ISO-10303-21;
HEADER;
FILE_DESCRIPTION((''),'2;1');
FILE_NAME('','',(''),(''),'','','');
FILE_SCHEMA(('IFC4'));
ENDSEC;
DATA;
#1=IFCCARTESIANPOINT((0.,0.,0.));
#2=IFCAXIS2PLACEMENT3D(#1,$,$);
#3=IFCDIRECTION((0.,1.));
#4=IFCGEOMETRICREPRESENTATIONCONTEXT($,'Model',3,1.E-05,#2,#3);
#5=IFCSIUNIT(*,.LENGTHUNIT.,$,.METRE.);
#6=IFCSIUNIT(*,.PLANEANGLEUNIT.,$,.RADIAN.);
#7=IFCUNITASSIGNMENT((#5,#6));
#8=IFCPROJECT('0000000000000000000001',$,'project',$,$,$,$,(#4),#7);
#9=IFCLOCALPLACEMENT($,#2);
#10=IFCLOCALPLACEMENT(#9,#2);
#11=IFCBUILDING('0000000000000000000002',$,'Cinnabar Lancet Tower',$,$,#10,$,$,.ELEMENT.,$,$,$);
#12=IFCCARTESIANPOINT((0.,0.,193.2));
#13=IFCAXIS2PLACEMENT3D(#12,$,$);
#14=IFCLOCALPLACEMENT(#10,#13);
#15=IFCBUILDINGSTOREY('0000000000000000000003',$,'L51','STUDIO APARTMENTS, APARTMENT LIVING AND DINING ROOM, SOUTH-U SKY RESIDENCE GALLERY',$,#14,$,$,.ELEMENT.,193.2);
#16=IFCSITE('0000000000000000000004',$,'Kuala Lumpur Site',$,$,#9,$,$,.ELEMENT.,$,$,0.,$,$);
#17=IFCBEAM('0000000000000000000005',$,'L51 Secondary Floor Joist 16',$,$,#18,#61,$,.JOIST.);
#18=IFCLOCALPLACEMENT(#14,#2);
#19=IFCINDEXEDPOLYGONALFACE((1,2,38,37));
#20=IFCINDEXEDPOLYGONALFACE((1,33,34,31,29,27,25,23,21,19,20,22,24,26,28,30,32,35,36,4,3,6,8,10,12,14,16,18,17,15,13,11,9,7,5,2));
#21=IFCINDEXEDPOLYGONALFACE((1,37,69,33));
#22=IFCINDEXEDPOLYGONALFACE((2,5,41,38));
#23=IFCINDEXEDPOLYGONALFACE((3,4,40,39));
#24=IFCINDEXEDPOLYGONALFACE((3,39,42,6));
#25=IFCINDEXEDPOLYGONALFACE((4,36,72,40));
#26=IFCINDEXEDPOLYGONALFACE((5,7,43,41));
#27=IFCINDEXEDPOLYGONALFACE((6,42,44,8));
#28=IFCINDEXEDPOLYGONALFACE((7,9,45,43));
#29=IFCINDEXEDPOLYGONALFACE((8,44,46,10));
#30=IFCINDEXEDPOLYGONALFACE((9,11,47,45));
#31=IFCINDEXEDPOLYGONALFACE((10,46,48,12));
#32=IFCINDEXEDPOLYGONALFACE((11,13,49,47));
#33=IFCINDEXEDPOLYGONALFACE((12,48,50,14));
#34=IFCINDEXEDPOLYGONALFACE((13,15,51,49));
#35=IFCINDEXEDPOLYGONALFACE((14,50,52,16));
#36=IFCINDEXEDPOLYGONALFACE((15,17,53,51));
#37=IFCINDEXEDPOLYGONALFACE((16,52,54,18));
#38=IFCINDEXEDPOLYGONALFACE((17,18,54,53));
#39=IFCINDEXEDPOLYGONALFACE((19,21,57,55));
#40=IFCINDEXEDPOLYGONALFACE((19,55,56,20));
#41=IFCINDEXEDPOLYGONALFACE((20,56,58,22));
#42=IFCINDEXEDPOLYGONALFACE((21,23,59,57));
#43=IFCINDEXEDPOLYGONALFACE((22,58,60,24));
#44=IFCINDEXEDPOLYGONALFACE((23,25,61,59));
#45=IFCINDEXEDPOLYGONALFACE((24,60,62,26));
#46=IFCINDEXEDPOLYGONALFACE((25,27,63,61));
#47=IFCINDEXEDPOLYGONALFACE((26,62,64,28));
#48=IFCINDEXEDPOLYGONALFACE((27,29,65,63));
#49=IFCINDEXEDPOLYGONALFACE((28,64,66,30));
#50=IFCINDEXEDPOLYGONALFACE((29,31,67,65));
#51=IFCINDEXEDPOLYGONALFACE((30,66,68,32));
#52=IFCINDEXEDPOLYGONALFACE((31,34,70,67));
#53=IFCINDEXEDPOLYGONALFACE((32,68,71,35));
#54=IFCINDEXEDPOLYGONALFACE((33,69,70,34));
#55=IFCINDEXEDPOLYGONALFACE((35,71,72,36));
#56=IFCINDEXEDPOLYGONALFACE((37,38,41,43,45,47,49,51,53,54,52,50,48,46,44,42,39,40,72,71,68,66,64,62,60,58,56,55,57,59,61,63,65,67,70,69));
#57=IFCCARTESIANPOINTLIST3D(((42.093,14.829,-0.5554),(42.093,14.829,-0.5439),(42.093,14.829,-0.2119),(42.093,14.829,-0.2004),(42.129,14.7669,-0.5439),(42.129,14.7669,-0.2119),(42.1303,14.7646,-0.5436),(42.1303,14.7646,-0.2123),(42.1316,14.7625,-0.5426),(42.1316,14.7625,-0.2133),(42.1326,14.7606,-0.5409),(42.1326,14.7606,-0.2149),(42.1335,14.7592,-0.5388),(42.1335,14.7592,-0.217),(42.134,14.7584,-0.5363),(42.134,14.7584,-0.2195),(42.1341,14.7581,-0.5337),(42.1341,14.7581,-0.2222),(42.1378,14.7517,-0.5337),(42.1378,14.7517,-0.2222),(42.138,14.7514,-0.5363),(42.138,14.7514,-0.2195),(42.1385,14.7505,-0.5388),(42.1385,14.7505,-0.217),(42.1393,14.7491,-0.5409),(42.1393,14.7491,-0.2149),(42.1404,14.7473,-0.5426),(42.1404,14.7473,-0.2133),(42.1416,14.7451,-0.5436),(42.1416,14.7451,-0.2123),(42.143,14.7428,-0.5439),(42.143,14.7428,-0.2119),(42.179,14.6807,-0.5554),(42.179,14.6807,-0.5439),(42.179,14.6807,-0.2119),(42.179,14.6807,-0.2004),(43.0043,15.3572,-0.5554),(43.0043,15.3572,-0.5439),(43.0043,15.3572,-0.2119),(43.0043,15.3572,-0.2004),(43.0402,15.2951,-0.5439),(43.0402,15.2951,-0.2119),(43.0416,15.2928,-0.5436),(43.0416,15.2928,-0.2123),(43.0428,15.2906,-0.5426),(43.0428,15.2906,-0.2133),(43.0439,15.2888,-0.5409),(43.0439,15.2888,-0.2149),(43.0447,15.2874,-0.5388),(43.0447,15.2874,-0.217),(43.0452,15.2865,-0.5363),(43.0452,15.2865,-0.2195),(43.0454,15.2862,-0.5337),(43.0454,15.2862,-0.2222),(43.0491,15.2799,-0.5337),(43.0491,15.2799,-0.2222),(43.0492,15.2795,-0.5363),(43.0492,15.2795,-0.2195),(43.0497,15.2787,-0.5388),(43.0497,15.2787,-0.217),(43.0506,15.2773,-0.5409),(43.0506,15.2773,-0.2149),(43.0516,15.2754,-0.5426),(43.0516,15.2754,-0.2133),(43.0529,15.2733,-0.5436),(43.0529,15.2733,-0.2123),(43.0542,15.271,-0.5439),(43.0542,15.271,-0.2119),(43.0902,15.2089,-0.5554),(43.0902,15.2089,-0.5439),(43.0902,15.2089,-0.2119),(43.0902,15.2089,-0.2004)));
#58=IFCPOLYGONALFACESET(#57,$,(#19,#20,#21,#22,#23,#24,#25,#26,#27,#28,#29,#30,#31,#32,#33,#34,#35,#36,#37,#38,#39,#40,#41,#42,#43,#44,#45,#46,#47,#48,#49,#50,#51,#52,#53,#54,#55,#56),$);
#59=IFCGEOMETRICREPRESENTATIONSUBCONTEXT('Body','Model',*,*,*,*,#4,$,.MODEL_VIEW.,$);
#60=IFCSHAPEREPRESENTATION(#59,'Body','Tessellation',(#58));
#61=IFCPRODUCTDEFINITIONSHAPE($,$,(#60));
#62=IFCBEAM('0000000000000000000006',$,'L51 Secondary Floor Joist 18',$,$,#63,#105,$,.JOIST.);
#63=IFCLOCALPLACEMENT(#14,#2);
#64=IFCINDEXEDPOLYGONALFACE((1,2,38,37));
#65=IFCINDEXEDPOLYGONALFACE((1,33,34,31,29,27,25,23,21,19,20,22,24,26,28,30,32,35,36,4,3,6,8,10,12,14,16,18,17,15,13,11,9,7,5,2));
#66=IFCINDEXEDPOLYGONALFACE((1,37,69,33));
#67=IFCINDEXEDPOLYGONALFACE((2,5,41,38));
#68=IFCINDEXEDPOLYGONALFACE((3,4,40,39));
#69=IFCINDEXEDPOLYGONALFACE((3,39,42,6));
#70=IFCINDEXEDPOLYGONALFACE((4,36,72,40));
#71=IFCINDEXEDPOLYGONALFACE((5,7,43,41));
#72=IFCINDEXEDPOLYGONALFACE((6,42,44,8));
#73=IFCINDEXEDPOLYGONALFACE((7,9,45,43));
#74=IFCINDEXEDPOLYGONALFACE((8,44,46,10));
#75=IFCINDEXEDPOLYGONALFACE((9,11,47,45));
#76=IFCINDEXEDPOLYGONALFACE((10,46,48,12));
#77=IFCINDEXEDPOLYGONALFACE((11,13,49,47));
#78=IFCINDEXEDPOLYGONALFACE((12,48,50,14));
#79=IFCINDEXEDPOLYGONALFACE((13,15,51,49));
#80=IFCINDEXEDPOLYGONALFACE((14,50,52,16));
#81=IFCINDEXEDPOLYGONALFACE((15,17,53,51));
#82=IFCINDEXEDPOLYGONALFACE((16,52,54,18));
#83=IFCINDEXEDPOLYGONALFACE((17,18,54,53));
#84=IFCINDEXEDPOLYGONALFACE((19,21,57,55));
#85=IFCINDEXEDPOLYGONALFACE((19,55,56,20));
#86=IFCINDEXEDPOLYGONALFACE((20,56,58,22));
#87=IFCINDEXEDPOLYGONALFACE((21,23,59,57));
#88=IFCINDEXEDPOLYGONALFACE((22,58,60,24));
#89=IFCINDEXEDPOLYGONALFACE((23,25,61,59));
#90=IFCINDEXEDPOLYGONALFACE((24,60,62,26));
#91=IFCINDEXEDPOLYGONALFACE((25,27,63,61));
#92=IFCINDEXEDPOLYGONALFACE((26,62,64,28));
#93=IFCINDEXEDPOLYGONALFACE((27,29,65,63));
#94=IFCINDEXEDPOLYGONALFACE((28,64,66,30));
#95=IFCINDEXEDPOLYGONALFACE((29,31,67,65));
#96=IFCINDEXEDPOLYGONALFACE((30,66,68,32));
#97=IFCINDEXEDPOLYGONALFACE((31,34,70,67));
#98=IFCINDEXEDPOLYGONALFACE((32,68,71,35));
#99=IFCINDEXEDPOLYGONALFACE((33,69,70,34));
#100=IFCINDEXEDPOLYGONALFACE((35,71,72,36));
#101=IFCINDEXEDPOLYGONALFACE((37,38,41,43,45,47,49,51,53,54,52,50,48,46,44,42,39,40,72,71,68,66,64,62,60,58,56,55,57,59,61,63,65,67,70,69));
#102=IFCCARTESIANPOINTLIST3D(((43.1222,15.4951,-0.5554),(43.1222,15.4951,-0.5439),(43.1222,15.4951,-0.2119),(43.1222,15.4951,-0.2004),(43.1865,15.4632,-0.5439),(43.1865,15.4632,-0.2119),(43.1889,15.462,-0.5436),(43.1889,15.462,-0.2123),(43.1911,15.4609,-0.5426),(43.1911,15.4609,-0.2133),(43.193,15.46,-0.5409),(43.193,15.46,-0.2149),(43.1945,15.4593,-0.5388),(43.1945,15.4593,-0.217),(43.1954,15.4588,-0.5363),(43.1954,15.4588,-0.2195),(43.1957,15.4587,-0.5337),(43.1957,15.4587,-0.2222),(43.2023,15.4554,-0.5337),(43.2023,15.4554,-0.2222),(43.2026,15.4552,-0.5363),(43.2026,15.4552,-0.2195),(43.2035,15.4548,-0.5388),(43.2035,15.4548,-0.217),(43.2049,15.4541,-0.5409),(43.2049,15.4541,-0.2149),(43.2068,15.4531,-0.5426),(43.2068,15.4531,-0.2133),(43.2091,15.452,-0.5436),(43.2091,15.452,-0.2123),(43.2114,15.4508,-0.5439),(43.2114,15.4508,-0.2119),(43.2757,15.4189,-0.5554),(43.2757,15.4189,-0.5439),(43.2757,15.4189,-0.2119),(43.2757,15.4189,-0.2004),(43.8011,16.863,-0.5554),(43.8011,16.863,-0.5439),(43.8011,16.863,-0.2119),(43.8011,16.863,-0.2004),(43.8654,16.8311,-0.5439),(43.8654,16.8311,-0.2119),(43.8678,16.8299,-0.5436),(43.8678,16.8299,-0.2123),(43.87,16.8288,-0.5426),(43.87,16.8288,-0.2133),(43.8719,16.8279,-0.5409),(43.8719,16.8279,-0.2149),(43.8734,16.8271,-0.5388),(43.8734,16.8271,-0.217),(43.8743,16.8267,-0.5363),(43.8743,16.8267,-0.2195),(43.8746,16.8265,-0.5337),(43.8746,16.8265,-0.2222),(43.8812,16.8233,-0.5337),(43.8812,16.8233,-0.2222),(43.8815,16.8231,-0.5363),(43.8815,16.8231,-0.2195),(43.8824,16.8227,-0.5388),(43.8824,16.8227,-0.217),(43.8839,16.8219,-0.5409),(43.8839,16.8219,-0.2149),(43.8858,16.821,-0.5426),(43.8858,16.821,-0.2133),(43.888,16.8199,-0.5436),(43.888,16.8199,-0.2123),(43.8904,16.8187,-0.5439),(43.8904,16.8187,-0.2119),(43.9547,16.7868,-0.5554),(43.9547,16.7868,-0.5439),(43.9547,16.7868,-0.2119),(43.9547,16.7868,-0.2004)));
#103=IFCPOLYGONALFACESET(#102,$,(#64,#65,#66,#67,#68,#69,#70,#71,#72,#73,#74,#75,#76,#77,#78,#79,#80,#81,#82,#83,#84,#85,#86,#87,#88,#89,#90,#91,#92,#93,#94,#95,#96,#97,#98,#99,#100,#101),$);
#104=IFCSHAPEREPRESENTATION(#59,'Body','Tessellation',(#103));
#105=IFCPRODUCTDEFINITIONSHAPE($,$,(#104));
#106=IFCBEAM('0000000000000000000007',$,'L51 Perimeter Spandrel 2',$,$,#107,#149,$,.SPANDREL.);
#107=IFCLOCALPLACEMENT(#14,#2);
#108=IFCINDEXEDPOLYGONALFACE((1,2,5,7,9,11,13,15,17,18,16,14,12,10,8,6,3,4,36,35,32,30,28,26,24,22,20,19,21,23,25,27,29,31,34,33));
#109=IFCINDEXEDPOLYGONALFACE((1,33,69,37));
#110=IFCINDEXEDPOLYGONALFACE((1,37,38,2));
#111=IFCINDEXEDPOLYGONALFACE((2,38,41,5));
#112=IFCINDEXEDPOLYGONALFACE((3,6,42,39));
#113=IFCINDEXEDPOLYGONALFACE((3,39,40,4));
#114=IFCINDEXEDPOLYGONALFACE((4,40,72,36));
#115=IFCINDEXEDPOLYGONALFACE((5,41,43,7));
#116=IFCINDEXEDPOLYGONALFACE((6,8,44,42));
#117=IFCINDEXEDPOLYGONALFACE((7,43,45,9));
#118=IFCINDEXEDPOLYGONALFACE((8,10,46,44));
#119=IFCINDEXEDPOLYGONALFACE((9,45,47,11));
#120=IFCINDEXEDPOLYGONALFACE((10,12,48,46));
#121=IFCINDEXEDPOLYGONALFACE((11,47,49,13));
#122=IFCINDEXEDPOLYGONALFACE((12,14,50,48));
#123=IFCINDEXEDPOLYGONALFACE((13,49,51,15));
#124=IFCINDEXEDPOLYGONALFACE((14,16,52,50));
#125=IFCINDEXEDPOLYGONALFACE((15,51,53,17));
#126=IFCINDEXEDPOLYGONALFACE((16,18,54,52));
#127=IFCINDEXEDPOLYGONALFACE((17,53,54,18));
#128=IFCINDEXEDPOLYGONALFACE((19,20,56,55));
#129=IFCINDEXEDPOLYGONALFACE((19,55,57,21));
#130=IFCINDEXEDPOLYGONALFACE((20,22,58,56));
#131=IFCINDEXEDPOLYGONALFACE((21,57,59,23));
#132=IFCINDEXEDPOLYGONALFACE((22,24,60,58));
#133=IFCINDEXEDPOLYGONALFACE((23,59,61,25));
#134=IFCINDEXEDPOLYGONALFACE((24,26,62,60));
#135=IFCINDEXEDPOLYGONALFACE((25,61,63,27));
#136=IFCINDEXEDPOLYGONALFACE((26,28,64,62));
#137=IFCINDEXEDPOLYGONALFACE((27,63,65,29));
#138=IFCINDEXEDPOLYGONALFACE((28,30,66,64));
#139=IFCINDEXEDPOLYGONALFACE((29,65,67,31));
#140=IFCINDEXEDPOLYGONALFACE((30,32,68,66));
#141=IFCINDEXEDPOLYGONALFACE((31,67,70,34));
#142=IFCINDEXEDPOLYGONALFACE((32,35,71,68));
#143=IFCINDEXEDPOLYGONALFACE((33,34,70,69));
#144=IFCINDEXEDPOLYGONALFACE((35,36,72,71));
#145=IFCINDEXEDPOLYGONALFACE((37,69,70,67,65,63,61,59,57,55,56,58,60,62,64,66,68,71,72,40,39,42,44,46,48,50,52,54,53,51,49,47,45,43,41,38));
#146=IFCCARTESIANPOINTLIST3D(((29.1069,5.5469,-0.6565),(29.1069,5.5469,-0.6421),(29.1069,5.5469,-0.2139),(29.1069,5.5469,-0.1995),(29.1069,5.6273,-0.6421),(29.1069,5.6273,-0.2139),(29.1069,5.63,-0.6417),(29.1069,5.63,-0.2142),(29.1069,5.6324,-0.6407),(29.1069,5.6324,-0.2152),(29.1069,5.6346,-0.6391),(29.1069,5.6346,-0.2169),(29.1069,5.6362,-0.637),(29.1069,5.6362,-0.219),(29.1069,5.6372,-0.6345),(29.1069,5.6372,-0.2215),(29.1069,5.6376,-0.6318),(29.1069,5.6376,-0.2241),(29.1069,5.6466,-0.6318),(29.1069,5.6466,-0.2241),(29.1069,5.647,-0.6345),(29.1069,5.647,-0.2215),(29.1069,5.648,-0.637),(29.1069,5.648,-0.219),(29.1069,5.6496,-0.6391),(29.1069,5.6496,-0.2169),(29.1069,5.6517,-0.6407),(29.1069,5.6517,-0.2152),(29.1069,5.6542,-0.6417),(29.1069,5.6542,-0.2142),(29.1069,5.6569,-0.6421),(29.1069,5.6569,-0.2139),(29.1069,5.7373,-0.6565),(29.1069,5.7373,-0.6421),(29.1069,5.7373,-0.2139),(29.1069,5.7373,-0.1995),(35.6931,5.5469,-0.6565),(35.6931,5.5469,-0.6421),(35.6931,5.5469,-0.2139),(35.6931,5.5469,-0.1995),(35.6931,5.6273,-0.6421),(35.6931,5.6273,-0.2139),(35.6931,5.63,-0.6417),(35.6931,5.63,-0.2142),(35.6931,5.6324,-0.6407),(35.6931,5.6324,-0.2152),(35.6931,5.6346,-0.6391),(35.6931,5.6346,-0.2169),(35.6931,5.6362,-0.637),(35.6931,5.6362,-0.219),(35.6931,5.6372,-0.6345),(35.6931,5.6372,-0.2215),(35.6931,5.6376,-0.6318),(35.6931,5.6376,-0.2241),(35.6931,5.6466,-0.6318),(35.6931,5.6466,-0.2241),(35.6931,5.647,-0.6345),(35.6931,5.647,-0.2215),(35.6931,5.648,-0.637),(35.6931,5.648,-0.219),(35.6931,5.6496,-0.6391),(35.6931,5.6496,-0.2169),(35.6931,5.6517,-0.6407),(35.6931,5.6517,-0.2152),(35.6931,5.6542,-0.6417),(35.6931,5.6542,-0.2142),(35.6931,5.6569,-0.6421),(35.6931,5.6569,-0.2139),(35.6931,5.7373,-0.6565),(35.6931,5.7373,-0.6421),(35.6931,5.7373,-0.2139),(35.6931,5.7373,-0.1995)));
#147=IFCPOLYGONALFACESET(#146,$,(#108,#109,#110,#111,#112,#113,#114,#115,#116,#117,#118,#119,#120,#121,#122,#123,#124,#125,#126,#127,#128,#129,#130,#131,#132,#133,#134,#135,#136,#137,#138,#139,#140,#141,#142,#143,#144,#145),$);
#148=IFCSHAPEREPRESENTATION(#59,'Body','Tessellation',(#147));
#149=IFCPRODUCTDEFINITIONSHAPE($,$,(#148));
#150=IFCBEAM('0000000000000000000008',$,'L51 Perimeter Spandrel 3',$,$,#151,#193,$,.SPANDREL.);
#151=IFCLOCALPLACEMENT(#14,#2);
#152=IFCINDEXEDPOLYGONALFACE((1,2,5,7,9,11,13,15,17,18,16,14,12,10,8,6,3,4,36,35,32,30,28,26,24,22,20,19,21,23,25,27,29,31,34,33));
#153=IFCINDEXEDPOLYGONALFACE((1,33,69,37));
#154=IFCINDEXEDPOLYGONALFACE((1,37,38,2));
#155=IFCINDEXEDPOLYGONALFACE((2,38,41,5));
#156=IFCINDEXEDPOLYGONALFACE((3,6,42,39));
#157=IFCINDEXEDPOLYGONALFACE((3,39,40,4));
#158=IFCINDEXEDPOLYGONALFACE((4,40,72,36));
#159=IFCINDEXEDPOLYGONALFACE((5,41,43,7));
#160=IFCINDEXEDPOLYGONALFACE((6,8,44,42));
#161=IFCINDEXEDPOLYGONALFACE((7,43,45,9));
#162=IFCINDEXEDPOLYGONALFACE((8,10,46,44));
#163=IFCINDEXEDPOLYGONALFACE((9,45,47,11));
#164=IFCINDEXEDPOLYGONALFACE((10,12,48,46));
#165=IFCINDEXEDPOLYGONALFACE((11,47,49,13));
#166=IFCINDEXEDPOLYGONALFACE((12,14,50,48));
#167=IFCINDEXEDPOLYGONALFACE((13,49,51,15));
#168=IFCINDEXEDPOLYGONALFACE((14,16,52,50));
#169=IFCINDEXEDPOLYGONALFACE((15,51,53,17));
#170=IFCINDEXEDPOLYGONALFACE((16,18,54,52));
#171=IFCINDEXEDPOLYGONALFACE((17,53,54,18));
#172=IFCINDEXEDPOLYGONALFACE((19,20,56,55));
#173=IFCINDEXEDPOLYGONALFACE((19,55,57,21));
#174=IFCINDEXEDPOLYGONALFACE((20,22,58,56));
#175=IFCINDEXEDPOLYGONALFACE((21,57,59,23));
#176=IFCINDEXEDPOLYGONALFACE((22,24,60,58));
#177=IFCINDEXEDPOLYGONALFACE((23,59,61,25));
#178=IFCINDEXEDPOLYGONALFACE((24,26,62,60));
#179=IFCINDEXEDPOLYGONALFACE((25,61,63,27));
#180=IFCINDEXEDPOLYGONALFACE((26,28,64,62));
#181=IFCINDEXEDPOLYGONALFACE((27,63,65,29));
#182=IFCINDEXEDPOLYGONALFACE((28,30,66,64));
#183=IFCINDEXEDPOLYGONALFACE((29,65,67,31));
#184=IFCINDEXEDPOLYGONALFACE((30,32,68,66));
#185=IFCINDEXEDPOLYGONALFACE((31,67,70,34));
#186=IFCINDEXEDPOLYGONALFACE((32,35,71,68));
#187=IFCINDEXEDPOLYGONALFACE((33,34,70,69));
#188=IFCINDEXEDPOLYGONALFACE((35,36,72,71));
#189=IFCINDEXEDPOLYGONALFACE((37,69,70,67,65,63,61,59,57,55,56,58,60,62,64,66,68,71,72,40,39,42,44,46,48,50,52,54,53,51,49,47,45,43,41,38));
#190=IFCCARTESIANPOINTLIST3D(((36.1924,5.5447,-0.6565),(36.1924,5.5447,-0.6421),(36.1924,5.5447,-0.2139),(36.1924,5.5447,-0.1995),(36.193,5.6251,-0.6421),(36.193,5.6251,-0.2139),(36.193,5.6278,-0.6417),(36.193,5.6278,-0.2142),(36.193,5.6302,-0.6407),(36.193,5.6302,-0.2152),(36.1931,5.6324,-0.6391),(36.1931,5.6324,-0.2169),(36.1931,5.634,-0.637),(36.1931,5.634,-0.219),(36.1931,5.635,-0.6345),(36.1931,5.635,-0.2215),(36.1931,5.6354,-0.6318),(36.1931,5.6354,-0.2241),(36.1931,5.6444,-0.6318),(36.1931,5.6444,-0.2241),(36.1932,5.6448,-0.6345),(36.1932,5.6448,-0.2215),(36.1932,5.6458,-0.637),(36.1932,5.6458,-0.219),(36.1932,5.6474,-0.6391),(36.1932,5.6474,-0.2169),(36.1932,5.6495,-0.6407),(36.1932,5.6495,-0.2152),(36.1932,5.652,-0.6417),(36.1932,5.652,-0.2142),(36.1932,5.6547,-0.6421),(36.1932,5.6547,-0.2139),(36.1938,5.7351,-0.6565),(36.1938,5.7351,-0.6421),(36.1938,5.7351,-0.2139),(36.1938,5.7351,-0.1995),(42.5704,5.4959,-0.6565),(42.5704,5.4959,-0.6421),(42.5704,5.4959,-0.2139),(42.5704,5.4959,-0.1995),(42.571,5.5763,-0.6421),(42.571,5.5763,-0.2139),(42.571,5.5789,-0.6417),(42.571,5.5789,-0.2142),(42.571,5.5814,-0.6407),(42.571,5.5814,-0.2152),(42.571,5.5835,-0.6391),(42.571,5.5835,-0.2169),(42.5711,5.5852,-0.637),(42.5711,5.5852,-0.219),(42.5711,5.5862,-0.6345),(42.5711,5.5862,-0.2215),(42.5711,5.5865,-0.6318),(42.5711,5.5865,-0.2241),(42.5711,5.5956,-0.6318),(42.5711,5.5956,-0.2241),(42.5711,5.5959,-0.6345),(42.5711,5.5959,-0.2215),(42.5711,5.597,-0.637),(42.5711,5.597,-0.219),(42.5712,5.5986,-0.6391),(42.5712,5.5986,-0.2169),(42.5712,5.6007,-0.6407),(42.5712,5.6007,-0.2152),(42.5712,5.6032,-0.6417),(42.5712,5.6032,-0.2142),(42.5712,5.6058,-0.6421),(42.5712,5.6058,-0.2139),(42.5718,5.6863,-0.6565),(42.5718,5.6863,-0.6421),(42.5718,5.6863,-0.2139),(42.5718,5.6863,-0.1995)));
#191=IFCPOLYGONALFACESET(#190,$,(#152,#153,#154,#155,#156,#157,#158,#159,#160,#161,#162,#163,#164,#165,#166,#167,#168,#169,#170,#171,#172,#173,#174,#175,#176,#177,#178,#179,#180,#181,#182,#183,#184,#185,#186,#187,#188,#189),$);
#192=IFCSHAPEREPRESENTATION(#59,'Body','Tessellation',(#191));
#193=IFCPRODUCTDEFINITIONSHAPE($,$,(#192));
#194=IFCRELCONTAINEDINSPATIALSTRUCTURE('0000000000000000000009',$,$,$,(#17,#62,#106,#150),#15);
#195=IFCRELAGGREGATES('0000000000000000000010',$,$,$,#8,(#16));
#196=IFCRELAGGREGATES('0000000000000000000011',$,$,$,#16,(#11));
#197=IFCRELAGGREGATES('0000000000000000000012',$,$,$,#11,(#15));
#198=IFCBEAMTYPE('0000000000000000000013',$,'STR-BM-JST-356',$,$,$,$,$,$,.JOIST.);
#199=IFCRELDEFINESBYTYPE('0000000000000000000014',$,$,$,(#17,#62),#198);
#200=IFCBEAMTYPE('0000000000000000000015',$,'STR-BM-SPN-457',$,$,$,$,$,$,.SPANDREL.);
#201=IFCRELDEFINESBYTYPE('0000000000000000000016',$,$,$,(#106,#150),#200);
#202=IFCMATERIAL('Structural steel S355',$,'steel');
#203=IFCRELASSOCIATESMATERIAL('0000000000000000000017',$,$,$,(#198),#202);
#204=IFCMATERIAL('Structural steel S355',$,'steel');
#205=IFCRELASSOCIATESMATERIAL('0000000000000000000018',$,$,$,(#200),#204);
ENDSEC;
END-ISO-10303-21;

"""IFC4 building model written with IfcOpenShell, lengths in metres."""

from ifc_helpers import new_model, si_unit, direction, frame, origin, origin_2d, place, context, subcontext, project, spatial, i_section, extrude, material, material_profile, profile_set, type_object, element, save


model = new_model("IFC4")

# Units and contexts
model_context = context("Model", 3, precision=1e-05, world=origin(), true_north=direction((0.0, 1.0)))
body_context = subcontext(model_context, "Body", "Model", "MODEL_VIEW")
ifc_project = project(units=[si_unit("LENGTHUNIT", "METRE"), si_unit("PLANEANGLEUNIT", "RADIAN")], contexts=[model_context])

# Site, building, storey
site_placement = place(None, origin())
site = spatial("IfcSite", under=ifc_project, at=site_placement, Name="Kuala Lumpur Site", CompositionType="ELEMENT", RefElevation=0.0)
building_placement = place(site_placement, origin())
building = spatial("IfcBuilding", under=site, at=building_placement, Name="Cinnabar Lancet Tower", CompositionType="ELEMENT")
storey_placement = place(building_placement, frame((0.0, 0.0, 193.2)))
storey = spatial("IfcBuildingStorey", under=building, at=storey_placement, Name="L51", Description="STUDIO APARTMENTS, APARTMENT LIVING AND DINING ROOM, SOUTH-U SKY RESIDENCE GALLERY", CompositionType="ELEMENT", Elevation=193.2)

# Beams
ifc_material_1 = material(Name="Structural steel S355", Category="steel")
ifc_material_profile_1 = material_profile(ifc_material_1, i_section(OverallWidth=0.1714, OverallDepth=0.355, WebThickness=0.0073, FlangeThickness=0.0115, FilletRadius=0.0103, at=origin_2d()), Name="UKB 356x171x51")
ifc_profile_set_1 = profile_set([ifc_material_profile_1], Name="Structural steel S355")
beam_type_1 = type_object("IfcBeamType", Name="STR-BM-JST-356", PredefinedType="JOIST", material=ifc_profile_set_1)
beam_1_placement = place(storey_placement, frame((42.136, 14.7549, -0.3779), z_axis=(0.865188, 0.501447, 0.0), x_axis=(-0.501447, 0.865188, 0.0)))
element("IfcBeam", 1, at=beam_1_placement, inside=storey, type_object=beam_type_1, Name="L51 Secondary Floor Joist 16", PredefinedType="JOIST", context=body_context, shape_type="SweptSolid", body=[
    extrude(i_section(OverallWidth=0.1714, OverallDepth=0.355, WebThickness=0.0073, FlangeThickness=0.0115, FilletRadius=0.0103, at=origin_2d()), origin(), (0.0, 0.0, 1.0), 1.0532),
])
beam_2_placement = place(storey_placement, frame((43.199, 15.457, -0.3779), z_axis=(0.44459, 0.895734, 0.0), x_axis=(-0.895734, 0.44459, 0.0)))
element("IfcBeam", 2, at=beam_2_placement, inside=storey, type_object=beam_type_1, Name="L51 Secondary Floor Joist 18", PredefinedType="JOIST", context=body_context, shape_type="SweptSolid", body=[
    extrude(i_section(OverallWidth=0.1714, OverallDepth=0.355, WebThickness=0.0073, FlangeThickness=0.0115, FilletRadius=0.0103, at=origin_2d()), origin(), (0.0, 0.0, 1.0), 1.5271),
])
ifc_material_2 = material(Name="Structural steel S355", Category="steel")
ifc_material_profile_2 = material_profile(ifc_material_2, i_section(OverallWidth=0.1904, OverallDepth=0.457, WebThickness=0.009, FlangeThickness=0.0144, FilletRadius=0.0103, at=origin_2d()), Name="UKB 457x191x74")
ifc_profile_set_2 = profile_set([ifc_material_profile_2], Name="Structural steel S355")
beam_type_2 = type_object("IfcBeamType", Name="STR-BM-SPN-457", PredefinedType="SPANDREL", material=ifc_profile_set_2)
beam_3_placement = place(storey_placement, frame((29.1069, 5.6421, -0.428), z_axis=(1.0, 0.0, 0.0), x_axis=(0.0, 1.0, 0.0)))
element("IfcBeam", 3, at=beam_3_placement, inside=storey, type_object=beam_type_2, Name="L51 Perimeter Spandrel 2", PredefinedType="SPANDREL", context=body_context, shape_type="SweptSolid", body=[
    extrude(i_section(OverallWidth=0.1904, OverallDepth=0.457, WebThickness=0.009, FlangeThickness=0.0144, FilletRadius=0.0103, at=origin_2d()), origin(), (0.0, 0.0, 1.0), 6.5862),
])
beam_4_placement = place(storey_placement, frame((36.1931, 5.6399, -0.428), z_axis=(0.999971, -0.007656, 0.0), x_axis=(0.007656, 0.999971, 0.0)))
element("IfcBeam", 4, at=beam_4_placement, inside=storey, type_object=beam_type_2, Name="L51 Perimeter Spandrel 3", PredefinedType="SPANDREL", context=body_context, shape_type="SweptSolid", body=[
    extrude(i_section(OverallWidth=0.1904, OverallDepth=0.457, WebThickness=0.009, FlangeThickness=0.0144, FilletRadius=0.0103, at=origin_2d()), origin(), (0.0, 0.0, 1.0), 6.3782),
])

save(model, "model.ifc")
